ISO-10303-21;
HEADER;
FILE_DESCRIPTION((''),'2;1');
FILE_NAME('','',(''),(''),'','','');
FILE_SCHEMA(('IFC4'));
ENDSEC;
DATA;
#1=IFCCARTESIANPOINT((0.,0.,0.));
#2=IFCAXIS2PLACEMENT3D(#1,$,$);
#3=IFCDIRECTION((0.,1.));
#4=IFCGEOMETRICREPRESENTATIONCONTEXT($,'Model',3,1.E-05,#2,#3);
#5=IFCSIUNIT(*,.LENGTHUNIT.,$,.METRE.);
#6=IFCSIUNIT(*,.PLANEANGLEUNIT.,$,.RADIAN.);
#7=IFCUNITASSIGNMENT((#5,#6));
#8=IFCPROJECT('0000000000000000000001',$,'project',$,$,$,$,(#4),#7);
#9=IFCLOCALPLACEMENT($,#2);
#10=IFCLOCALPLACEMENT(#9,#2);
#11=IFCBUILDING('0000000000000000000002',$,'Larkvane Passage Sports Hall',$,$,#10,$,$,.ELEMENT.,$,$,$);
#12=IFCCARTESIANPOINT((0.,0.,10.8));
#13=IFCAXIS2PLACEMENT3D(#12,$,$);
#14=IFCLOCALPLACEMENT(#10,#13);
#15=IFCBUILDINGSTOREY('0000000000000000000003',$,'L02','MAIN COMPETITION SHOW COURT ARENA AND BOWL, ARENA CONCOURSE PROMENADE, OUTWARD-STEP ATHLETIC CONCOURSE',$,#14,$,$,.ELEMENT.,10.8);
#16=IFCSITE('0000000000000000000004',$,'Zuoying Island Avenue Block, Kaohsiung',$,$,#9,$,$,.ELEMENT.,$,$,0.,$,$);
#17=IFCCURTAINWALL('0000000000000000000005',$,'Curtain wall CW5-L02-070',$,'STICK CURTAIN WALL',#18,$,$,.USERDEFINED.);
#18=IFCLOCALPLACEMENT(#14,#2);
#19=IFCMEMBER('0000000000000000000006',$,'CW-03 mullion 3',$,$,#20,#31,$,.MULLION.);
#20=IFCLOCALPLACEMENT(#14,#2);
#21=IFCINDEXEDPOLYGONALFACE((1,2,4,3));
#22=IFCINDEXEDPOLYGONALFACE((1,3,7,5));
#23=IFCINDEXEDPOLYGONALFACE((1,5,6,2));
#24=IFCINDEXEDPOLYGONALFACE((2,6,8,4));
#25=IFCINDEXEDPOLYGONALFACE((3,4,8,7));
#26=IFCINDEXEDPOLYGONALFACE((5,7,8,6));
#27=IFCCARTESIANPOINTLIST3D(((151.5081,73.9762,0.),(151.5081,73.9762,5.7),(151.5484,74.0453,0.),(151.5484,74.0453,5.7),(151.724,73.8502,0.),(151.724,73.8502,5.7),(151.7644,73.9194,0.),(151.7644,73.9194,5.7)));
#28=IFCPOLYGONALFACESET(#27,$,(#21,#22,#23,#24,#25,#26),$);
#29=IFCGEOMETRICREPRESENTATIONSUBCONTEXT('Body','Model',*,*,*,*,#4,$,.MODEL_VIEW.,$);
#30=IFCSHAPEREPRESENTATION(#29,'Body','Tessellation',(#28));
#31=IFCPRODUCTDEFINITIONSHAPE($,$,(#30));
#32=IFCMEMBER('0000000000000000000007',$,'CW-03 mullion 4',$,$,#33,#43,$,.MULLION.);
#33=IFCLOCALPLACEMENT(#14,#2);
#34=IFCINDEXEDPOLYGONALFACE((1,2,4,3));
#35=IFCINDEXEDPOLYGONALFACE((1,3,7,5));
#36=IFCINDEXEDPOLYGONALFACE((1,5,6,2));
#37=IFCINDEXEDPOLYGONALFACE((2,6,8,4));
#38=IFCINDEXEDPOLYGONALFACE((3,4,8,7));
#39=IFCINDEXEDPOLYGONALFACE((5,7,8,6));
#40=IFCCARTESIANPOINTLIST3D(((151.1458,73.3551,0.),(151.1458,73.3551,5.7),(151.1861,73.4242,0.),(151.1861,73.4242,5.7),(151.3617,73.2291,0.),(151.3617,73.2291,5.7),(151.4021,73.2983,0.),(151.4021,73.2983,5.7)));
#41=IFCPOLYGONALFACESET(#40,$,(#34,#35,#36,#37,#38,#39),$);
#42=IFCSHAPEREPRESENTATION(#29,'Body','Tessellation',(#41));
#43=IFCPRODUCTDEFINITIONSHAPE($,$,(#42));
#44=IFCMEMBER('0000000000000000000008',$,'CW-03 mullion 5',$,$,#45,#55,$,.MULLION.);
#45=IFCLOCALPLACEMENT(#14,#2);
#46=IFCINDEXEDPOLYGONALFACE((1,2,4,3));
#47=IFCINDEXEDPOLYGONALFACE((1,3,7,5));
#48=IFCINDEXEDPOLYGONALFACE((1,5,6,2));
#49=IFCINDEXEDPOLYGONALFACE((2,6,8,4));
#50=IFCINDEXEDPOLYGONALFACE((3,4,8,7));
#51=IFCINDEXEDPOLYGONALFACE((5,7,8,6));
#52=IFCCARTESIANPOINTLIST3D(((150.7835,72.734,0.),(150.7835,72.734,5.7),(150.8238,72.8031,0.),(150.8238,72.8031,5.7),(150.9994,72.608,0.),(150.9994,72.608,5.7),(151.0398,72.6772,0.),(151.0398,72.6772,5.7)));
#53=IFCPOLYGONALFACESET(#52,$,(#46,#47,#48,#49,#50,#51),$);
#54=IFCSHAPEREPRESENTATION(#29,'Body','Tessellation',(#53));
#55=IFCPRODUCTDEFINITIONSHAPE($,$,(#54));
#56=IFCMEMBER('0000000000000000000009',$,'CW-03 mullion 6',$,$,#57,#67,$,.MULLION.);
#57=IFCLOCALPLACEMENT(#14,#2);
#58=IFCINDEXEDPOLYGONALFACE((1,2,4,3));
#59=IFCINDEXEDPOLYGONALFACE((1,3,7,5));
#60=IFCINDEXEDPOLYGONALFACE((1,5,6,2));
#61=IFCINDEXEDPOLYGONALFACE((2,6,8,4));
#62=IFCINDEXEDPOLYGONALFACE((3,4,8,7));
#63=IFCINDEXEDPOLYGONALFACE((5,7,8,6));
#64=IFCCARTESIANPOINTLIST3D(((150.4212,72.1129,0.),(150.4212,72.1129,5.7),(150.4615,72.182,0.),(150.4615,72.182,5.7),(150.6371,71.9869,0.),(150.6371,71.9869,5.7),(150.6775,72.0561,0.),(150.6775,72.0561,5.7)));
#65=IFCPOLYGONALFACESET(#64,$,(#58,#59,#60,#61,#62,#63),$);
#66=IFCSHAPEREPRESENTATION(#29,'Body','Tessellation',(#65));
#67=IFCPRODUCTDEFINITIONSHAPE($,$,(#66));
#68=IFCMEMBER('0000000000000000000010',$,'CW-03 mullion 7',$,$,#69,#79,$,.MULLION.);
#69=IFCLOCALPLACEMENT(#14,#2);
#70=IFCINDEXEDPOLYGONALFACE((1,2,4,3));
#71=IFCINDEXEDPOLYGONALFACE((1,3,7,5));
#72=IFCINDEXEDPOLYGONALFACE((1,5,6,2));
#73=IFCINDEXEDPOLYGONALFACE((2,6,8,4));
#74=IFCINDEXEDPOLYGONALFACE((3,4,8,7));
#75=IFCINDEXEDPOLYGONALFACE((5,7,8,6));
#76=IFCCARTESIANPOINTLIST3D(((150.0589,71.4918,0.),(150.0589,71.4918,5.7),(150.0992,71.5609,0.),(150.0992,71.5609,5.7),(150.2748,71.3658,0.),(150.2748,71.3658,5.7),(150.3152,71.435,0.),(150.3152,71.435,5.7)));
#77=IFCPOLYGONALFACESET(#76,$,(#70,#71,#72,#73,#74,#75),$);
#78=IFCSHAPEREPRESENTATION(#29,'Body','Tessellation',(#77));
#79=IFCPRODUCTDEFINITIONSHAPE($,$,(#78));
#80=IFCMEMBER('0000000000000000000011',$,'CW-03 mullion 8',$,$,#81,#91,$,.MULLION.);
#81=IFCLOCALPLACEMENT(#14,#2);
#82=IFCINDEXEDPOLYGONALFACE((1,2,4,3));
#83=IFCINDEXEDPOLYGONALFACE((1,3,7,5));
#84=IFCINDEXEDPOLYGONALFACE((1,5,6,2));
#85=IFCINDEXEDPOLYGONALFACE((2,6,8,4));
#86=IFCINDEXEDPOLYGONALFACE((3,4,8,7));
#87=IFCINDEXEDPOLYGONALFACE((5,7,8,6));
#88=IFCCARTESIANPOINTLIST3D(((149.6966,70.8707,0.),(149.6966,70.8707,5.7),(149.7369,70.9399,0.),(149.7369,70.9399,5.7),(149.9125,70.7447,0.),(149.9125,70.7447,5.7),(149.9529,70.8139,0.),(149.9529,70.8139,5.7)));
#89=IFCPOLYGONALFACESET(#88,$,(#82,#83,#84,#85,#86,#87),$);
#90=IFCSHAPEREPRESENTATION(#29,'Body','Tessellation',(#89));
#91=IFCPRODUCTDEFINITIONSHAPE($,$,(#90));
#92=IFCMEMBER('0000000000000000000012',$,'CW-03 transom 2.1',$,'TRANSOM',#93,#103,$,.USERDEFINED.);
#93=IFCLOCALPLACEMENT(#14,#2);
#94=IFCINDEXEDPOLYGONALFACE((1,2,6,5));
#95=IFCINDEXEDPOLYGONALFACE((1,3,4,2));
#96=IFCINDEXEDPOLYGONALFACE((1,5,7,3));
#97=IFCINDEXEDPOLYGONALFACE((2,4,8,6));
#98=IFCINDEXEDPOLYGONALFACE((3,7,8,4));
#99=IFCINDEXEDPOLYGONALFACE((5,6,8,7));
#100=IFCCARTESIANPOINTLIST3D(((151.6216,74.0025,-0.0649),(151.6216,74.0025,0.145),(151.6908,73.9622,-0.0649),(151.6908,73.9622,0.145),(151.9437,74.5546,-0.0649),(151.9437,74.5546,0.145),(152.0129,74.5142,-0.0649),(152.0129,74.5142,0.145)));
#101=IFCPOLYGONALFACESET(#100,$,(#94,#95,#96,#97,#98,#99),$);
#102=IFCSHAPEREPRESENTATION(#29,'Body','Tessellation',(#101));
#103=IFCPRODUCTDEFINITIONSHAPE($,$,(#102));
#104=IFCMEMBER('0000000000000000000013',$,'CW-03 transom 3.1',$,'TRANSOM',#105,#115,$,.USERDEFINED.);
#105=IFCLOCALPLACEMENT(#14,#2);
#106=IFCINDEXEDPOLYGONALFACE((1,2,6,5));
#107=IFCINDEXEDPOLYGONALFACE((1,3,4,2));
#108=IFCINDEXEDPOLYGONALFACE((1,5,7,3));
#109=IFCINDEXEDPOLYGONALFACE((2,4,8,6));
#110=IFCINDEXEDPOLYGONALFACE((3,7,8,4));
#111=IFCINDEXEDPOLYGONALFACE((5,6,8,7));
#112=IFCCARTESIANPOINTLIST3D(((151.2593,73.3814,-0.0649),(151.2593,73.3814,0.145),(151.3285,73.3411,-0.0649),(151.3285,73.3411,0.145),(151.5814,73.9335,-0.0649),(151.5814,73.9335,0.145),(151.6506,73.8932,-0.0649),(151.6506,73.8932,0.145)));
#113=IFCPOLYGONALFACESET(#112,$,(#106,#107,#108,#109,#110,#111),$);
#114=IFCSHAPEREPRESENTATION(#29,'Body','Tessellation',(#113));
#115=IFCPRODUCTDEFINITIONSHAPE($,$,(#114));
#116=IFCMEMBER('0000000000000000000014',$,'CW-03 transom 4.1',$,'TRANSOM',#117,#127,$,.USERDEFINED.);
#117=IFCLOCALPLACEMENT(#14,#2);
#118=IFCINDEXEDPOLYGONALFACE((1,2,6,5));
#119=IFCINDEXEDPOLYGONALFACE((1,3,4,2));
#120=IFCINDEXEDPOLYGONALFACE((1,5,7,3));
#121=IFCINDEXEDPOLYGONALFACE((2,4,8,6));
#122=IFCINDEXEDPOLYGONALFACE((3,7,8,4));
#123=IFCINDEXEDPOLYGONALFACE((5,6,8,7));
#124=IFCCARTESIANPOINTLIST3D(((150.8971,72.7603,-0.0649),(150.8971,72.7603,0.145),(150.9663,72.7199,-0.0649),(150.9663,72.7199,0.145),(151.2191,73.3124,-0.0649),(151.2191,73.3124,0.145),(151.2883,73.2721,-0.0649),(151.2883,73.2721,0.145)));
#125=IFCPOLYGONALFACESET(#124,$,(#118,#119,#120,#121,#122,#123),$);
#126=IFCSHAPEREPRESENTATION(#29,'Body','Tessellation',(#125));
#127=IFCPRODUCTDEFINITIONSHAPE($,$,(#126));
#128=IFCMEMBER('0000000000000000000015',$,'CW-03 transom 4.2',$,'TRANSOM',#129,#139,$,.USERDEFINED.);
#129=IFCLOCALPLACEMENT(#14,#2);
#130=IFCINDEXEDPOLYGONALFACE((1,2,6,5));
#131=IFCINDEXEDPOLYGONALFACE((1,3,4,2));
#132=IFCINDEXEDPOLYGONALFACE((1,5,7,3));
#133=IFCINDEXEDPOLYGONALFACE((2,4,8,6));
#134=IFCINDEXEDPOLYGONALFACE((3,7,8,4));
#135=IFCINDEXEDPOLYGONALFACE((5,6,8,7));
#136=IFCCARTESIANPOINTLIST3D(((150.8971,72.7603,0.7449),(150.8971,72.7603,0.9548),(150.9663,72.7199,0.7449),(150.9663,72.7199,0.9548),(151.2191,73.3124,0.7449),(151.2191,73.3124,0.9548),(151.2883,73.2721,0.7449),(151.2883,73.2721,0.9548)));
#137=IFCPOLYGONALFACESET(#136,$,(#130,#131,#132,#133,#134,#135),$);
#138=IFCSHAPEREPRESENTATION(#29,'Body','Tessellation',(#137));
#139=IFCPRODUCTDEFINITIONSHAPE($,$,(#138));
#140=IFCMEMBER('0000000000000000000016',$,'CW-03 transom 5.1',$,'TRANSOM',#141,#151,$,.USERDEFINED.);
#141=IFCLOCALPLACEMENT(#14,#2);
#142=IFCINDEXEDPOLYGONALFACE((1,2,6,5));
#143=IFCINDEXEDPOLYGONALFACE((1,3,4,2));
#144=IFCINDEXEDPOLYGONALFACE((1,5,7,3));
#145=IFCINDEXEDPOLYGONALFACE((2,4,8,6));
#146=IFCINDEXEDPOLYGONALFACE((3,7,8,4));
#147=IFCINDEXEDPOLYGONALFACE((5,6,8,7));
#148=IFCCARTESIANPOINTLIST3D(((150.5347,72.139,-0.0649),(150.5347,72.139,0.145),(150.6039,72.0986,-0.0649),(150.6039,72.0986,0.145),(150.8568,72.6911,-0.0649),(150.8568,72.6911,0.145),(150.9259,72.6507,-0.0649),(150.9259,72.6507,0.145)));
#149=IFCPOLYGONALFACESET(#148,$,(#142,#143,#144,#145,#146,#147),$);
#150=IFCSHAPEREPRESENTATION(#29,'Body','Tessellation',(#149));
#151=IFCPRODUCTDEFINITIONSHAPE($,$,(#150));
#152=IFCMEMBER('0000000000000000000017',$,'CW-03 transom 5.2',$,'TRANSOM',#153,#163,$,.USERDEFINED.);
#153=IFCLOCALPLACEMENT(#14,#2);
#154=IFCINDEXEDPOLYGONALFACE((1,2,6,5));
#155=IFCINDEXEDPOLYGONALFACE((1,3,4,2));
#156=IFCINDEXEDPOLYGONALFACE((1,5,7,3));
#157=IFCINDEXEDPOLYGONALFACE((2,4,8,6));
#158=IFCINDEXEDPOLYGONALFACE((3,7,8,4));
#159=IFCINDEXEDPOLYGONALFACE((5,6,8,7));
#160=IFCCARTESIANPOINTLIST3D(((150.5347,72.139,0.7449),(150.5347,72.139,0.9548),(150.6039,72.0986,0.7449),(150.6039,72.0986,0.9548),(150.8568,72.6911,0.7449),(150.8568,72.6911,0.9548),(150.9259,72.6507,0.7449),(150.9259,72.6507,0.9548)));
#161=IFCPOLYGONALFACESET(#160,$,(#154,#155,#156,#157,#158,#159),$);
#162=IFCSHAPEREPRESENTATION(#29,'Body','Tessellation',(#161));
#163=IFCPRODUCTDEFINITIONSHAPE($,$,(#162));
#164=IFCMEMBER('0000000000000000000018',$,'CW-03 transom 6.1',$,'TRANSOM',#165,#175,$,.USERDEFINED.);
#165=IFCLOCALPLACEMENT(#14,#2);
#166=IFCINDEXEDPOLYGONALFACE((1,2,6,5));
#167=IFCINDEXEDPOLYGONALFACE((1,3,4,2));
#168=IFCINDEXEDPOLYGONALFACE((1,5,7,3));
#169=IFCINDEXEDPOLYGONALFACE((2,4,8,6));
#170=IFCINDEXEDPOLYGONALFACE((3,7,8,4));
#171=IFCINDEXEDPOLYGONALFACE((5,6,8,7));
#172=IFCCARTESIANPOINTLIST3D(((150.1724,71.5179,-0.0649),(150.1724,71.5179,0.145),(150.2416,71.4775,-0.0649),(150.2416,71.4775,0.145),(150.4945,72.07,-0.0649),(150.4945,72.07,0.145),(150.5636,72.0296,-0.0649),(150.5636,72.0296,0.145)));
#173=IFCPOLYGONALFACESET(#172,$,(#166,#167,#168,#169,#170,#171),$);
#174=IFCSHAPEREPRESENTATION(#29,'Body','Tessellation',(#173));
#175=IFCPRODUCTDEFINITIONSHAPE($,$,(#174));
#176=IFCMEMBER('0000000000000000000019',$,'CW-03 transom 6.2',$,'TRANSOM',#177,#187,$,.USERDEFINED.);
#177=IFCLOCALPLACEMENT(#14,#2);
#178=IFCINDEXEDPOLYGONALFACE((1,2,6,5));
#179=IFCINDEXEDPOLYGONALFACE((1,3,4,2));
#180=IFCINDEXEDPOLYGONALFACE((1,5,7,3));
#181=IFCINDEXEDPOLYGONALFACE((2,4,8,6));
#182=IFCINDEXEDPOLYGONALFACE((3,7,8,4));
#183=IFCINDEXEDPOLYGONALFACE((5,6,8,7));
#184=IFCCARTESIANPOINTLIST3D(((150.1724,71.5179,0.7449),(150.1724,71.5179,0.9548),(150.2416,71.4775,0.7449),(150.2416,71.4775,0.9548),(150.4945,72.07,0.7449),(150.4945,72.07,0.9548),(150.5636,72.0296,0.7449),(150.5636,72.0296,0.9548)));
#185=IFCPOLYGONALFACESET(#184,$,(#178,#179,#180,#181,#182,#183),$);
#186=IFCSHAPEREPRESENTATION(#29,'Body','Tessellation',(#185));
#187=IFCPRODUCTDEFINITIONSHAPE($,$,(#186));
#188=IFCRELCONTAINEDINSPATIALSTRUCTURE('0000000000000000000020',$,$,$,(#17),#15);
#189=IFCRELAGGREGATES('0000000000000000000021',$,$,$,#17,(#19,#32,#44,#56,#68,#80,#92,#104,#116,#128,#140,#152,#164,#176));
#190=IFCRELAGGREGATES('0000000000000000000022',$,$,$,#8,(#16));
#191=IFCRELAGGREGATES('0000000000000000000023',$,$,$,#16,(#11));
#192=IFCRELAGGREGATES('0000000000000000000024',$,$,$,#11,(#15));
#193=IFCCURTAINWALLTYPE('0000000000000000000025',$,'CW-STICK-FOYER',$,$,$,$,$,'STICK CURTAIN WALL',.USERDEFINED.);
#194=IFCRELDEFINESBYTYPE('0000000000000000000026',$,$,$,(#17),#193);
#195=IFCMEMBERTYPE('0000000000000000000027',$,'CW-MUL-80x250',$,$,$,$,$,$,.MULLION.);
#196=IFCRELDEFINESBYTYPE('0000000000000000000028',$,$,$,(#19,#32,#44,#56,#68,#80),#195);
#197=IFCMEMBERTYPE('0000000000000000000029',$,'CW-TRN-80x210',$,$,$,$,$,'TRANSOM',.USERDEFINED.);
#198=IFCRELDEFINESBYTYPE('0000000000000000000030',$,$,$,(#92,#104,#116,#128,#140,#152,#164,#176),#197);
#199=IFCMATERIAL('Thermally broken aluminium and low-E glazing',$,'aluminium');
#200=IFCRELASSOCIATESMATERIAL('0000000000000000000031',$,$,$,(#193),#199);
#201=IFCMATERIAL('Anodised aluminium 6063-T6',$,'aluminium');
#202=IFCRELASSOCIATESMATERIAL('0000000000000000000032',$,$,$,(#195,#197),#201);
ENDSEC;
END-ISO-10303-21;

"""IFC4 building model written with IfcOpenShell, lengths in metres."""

from ifc_helpers import new_model, si_unit, direction, frame, origin, origin_2d, place, context, subcontext, project, spatial, rectangle, extrude, material, material_profile, profile_set, type_object, element, aggregate, save


model = new_model("IFC4")

# Units and contexts
model_context = context("Model", 3, precision=1e-05, world=origin(), true_north=direction((0.0, 1.0)))
body_context = subcontext(model_context, "Body", "Model", "MODEL_VIEW")
ifc_project = project(units=[si_unit("LENGTHUNIT", "METRE"), si_unit("PLANEANGLEUNIT", "RADIAN")], contexts=[model_context])

# Site, building, storey
site_placement = place(None, origin())
site = spatial("IfcSite", under=ifc_project, at=site_placement, Name="Zuoying Island Avenue Block, Kaohsiung", CompositionType="ELEMENT", RefElevation=0.0)
building_placement = place(site_placement, origin())
building = spatial("IfcBuilding", under=site, at=building_placement, Name="Larkvane Passage Sports Hall", CompositionType="ELEMENT")
storey_placement = place(building_placement, frame((0.0, 0.0, 10.8)))
storey = spatial("IfcBuildingStorey", under=building, at=storey_placement, Name="L02", Description="MAIN COMPETITION SHOW COURT ARENA AND BOWL, ARENA CONCOURSE PROMENADE, OUTWARD-STEP ATHLETIC CONCOURSE", CompositionType="ELEMENT", Elevation=10.8)

# Curtain wall, members
ifc_material_1 = material(Name="Thermally broken aluminium and low-E glazing", Category="aluminium")
curtain_wall_type = type_object("IfcCurtainWallType", Name="CW-STICK-FOYER", ElementType="STICK CURTAIN WALL", PredefinedType="USERDEFINED", material=ifc_material_1)
curtain_wall_placement = place(storey_placement, origin())
curtain_wall = element("IfcCurtainWall", 1, at=curtain_wall_placement, inside=storey, type_object=curtain_wall_type, Name="Curtain wall CW5-L02-070", ObjectType="STICK CURTAIN WALL", PredefinedType="USERDEFINED")
ifc_material_2 = material(Name="Anodised aluminium 6063-T6", Category="aluminium")
ifc_material_profile_1 = material_profile(ifc_material_2, rectangle(XDim=0.0801, YDim=0.25, at=origin_2d()), Name="ALU-MUL-80x250")
ifc_profile_set_1 = profile_set([ifc_material_profile_1], Name="Anodised aluminium 6063-T6")
member_type_1 = type_object("IfcMemberType", Name="CW-MUL-80x250", PredefinedType="MULLION", material=ifc_profile_set_1)
member_1_placement = place(storey_placement, frame((151.6362, 73.9478, 0.0), z_axis=(0.0, 0.0, 1.0), x_axis=(-0.503867, -0.863781, 0.0)))
member_1 = element("IfcMember", 2, at=member_1_placement, type_object=member_type_1, Name="CW-03 mullion 3", PredefinedType="MULLION", context=body_context, shape_type="SweptSolid", body=[
    extrude(rectangle(XDim=0.0801, YDim=0.25, at=origin_2d()), origin(), (0.0, 0.0, 1.0), 5.7),
])
member_2_placement = place(storey_placement, frame((151.2739, 73.3267, 0.0), z_axis=(0.0, 0.0, 1.0), x_axis=(-0.503867, -0.863781, 0.0)))
member_2 = element("IfcMember", 3, at=member_2_placement, type_object=member_type_1, Name="CW-03 mullion 4", PredefinedType="MULLION", context=body_context, shape_type="SweptSolid", body=[
    extrude(rectangle(XDim=0.0801, YDim=0.25, at=origin_2d()), origin(), (0.0, 0.0, 1.0), 5.7),
])
member_3_placement = place(storey_placement, frame((150.9116, 72.7056, 0.0), z_axis=(0.0, 0.0, 1.0), x_axis=(-0.503867, -0.863781, 0.0)))
member_3 = element("IfcMember", 4, at=member_3_placement, type_object=member_type_1, Name="CW-03 mullion 5", PredefinedType="MULLION", context=body_context, shape_type="SweptSolid", body=[
    extrude(rectangle(XDim=0.0801, YDim=0.25, at=origin_2d()), origin(), (0.0, 0.0, 1.0), 5.7),
])
member_4_placement = place(storey_placement, frame((150.5493, 72.0845, 0.0), z_axis=(0.0, 0.0, 1.0), x_axis=(-0.503867, -0.863781, 0.0)))
member_4 = element("IfcMember", 5, at=member_4_placement, type_object=member_type_1, Name="CW-03 mullion 6", PredefinedType="MULLION", context=body_context, shape_type="SweptSolid", body=[
    extrude(rectangle(XDim=0.0801, YDim=0.25, at=origin_2d()), origin(), (0.0, 0.0, 1.0), 5.7),
])
member_5_placement = place(storey_placement, frame((150.187, 71.4634, 0.0), z_axis=(0.0, 0.0, 1.0), x_axis=(-0.503867, -0.863781, 0.0)))
member_5 = element("IfcMember", 6, at=member_5_placement, type_object=member_type_1, Name="CW-03 mullion 7", PredefinedType="MULLION", context=body_context, shape_type="SweptSolid", body=[
    extrude(rectangle(XDim=0.0801, YDim=0.25, at=origin_2d()), origin(), (0.0, 0.0, 1.0), 5.7),
])
member_6_placement = place(storey_placement, frame((149.8247, 70.8423, 0.0), z_axis=(0.0, 0.0, 1.0), x_axis=(-0.503867, -0.863781, 0.0)))
member_6 = element("IfcMember", 7, at=member_6_placement, type_object=member_type_1, Name="CW-03 mullion 8", PredefinedType="MULLION", context=body_context, shape_type="SweptSolid", body=[
    extrude(rectangle(XDim=0.0801, YDim=0.25, at=origin_2d()), origin(), (0.0, 0.0, 1.0), 5.7),
])
ifc_material_profile_2 = material_profile(ifc_material_2, rectangle(XDim=0.0801, YDim=0.21, at=origin_2d()), Name="ALU-TRN-80x210")
ifc_profile_set_2 = profile_set([ifc_material_profile_2], Name="Anodised aluminium 6063-T6")
member_type_2 = type_object("IfcMemberType", Name="CW-TRN-80x210", ElementType="TRANSOM", PredefinedType="USERDEFINED", material=ifc_profile_set_2)
member_7_placement = place(storey_placement, frame((151.9783, 74.5344, 0.04), z_axis=(-0.503895, -0.863765, 0.0), x_axis=(0.863765, -0.503895, 0.0)))
member_7 = element("IfcMember", 8, at=member_7_placement, type_object=member_type_2, Name="CW-03 transom 2.1", ObjectType="TRANSOM", PredefinedType="USERDEFINED", context=body_context, shape_type="SweptSolid", body=[
    extrude(rectangle(XDim=0.0801, YDim=0.21, at=origin_2d()), origin(), (0.0, 0.0, 1.0), 0.6392),
])
member_8_placement = place(storey_placement, frame((151.616, 73.9133, 0.04), z_axis=(-0.503895, -0.863765, 0.0), x_axis=(0.863765, -0.503895, 0.0)))
member_8 = element("IfcMember", 9, at=member_8_placement, type_object=member_type_2, Name="CW-03 transom 3.1", ObjectType="TRANSOM", PredefinedType="USERDEFINED", context=body_context, shape_type="SweptSolid", body=[
    extrude(rectangle(XDim=0.0801, YDim=0.21, at=origin_2d()), origin(), (0.0, 0.0, 1.0), 0.6392),
])
member_9_placement = place(storey_placement, frame((151.2537, 73.2922, 0.04), z_axis=(-0.503729, -0.863862, 0.0), x_axis=(0.863862, -0.503729, 0.0)))
member_9 = element("IfcMember", 10, at=member_9_placement, type_object=member_type_2, Name="CW-03 transom 4.1", ObjectType="TRANSOM", PredefinedType="USERDEFINED", context=body_context, shape_type="SweptSolid", body=[
    extrude(rectangle(XDim=0.0801, YDim=0.21, at=origin_2d()), origin(), (0.0, 0.0, 1.0), 0.6392),
])
member_10_placement = place(storey_placement, frame((151.2537, 73.2922, 0.8499), z_axis=(-0.503729, -0.863862, 0.0), x_axis=(0.863862, -0.503729, 0.0)))
member_10 = element("IfcMember", 11, at=member_10_placement, type_object=member_type_2, Name="CW-03 transom 4.2", ObjectType="TRANSOM", PredefinedType="USERDEFINED", context=body_context, shape_type="SweptSolid", body=[
    extrude(rectangle(XDim=0.0801, YDim=0.21, at=origin_2d()), origin(), (0.0, 0.0, 1.0), 0.6392),
])
member_11_placement = place(storey_placement, frame((150.8914, 72.6709, 0.04), z_axis=(-0.503895, -0.863765, 0.0), x_axis=(0.863765, -0.503895, 0.0)))
member_11 = element("IfcMember", 12, at=member_11_placement, type_object=member_type_2, Name="CW-03 transom 5.1", ObjectType="TRANSOM", PredefinedType="USERDEFINED", context=body_context, shape_type="SweptSolid", body=[
    extrude(rectangle(XDim=0.0801, YDim=0.21, at=origin_2d()), origin(), (0.0, 0.0, 1.0), 0.6392),
])
member_12_placement = place(storey_placement, frame((150.8914, 72.6709, 0.8499), z_axis=(-0.503895, -0.863765, 0.0), x_axis=(0.863765, -0.503895, 0.0)))
member_12 = element("IfcMember", 13, at=member_12_placement, type_object=member_type_2, Name="CW-03 transom 5.2", ObjectType="TRANSOM", PredefinedType="USERDEFINED", context=body_context, shape_type="SweptSolid", body=[
    extrude(rectangle(XDim=0.0801, YDim=0.21, at=origin_2d()), origin(), (0.0, 0.0, 1.0), 0.6392),
])
member_13_placement = place(storey_placement, frame((150.5291, 72.0498, 0.04), z_axis=(-0.503895, -0.863765, 0.0), x_axis=(0.863765, -0.503895, 0.0)))
member_13 = element("IfcMember", 14, at=member_13_placement, type_object=member_type_2, Name="CW-03 transom 6.1", ObjectType="TRANSOM", PredefinedType="USERDEFINED", context=body_context, shape_type="SweptSolid", body=[
    extrude(rectangle(XDim=0.0801, YDim=0.21, at=origin_2d()), origin(), (0.0, 0.0, 1.0), 0.6392),
])
member_14_placement = place(storey_placement, frame((150.5291, 72.0498, 0.8499), z_axis=(-0.503895, -0.863765, 0.0), x_axis=(0.863765, -0.503895, 0.0)))
member_14 = element("IfcMember", 15, at=member_14_placement, type_object=member_type_2, Name="CW-03 transom 6.2", ObjectType="TRANSOM", PredefinedType="USERDEFINED", context=body_context, shape_type="SweptSolid", body=[
    extrude(rectangle(XDim=0.0801, YDim=0.21, at=origin_2d()), origin(), (0.0, 0.0, 1.0), 0.6392),
])
aggregate(curtain_wall, [member_1, member_2, member_3, member_4, member_5, member_6, member_7, member_8, member_9, member_10, member_11, member_12, member_13, member_14])

save(model, "model.ifc")
